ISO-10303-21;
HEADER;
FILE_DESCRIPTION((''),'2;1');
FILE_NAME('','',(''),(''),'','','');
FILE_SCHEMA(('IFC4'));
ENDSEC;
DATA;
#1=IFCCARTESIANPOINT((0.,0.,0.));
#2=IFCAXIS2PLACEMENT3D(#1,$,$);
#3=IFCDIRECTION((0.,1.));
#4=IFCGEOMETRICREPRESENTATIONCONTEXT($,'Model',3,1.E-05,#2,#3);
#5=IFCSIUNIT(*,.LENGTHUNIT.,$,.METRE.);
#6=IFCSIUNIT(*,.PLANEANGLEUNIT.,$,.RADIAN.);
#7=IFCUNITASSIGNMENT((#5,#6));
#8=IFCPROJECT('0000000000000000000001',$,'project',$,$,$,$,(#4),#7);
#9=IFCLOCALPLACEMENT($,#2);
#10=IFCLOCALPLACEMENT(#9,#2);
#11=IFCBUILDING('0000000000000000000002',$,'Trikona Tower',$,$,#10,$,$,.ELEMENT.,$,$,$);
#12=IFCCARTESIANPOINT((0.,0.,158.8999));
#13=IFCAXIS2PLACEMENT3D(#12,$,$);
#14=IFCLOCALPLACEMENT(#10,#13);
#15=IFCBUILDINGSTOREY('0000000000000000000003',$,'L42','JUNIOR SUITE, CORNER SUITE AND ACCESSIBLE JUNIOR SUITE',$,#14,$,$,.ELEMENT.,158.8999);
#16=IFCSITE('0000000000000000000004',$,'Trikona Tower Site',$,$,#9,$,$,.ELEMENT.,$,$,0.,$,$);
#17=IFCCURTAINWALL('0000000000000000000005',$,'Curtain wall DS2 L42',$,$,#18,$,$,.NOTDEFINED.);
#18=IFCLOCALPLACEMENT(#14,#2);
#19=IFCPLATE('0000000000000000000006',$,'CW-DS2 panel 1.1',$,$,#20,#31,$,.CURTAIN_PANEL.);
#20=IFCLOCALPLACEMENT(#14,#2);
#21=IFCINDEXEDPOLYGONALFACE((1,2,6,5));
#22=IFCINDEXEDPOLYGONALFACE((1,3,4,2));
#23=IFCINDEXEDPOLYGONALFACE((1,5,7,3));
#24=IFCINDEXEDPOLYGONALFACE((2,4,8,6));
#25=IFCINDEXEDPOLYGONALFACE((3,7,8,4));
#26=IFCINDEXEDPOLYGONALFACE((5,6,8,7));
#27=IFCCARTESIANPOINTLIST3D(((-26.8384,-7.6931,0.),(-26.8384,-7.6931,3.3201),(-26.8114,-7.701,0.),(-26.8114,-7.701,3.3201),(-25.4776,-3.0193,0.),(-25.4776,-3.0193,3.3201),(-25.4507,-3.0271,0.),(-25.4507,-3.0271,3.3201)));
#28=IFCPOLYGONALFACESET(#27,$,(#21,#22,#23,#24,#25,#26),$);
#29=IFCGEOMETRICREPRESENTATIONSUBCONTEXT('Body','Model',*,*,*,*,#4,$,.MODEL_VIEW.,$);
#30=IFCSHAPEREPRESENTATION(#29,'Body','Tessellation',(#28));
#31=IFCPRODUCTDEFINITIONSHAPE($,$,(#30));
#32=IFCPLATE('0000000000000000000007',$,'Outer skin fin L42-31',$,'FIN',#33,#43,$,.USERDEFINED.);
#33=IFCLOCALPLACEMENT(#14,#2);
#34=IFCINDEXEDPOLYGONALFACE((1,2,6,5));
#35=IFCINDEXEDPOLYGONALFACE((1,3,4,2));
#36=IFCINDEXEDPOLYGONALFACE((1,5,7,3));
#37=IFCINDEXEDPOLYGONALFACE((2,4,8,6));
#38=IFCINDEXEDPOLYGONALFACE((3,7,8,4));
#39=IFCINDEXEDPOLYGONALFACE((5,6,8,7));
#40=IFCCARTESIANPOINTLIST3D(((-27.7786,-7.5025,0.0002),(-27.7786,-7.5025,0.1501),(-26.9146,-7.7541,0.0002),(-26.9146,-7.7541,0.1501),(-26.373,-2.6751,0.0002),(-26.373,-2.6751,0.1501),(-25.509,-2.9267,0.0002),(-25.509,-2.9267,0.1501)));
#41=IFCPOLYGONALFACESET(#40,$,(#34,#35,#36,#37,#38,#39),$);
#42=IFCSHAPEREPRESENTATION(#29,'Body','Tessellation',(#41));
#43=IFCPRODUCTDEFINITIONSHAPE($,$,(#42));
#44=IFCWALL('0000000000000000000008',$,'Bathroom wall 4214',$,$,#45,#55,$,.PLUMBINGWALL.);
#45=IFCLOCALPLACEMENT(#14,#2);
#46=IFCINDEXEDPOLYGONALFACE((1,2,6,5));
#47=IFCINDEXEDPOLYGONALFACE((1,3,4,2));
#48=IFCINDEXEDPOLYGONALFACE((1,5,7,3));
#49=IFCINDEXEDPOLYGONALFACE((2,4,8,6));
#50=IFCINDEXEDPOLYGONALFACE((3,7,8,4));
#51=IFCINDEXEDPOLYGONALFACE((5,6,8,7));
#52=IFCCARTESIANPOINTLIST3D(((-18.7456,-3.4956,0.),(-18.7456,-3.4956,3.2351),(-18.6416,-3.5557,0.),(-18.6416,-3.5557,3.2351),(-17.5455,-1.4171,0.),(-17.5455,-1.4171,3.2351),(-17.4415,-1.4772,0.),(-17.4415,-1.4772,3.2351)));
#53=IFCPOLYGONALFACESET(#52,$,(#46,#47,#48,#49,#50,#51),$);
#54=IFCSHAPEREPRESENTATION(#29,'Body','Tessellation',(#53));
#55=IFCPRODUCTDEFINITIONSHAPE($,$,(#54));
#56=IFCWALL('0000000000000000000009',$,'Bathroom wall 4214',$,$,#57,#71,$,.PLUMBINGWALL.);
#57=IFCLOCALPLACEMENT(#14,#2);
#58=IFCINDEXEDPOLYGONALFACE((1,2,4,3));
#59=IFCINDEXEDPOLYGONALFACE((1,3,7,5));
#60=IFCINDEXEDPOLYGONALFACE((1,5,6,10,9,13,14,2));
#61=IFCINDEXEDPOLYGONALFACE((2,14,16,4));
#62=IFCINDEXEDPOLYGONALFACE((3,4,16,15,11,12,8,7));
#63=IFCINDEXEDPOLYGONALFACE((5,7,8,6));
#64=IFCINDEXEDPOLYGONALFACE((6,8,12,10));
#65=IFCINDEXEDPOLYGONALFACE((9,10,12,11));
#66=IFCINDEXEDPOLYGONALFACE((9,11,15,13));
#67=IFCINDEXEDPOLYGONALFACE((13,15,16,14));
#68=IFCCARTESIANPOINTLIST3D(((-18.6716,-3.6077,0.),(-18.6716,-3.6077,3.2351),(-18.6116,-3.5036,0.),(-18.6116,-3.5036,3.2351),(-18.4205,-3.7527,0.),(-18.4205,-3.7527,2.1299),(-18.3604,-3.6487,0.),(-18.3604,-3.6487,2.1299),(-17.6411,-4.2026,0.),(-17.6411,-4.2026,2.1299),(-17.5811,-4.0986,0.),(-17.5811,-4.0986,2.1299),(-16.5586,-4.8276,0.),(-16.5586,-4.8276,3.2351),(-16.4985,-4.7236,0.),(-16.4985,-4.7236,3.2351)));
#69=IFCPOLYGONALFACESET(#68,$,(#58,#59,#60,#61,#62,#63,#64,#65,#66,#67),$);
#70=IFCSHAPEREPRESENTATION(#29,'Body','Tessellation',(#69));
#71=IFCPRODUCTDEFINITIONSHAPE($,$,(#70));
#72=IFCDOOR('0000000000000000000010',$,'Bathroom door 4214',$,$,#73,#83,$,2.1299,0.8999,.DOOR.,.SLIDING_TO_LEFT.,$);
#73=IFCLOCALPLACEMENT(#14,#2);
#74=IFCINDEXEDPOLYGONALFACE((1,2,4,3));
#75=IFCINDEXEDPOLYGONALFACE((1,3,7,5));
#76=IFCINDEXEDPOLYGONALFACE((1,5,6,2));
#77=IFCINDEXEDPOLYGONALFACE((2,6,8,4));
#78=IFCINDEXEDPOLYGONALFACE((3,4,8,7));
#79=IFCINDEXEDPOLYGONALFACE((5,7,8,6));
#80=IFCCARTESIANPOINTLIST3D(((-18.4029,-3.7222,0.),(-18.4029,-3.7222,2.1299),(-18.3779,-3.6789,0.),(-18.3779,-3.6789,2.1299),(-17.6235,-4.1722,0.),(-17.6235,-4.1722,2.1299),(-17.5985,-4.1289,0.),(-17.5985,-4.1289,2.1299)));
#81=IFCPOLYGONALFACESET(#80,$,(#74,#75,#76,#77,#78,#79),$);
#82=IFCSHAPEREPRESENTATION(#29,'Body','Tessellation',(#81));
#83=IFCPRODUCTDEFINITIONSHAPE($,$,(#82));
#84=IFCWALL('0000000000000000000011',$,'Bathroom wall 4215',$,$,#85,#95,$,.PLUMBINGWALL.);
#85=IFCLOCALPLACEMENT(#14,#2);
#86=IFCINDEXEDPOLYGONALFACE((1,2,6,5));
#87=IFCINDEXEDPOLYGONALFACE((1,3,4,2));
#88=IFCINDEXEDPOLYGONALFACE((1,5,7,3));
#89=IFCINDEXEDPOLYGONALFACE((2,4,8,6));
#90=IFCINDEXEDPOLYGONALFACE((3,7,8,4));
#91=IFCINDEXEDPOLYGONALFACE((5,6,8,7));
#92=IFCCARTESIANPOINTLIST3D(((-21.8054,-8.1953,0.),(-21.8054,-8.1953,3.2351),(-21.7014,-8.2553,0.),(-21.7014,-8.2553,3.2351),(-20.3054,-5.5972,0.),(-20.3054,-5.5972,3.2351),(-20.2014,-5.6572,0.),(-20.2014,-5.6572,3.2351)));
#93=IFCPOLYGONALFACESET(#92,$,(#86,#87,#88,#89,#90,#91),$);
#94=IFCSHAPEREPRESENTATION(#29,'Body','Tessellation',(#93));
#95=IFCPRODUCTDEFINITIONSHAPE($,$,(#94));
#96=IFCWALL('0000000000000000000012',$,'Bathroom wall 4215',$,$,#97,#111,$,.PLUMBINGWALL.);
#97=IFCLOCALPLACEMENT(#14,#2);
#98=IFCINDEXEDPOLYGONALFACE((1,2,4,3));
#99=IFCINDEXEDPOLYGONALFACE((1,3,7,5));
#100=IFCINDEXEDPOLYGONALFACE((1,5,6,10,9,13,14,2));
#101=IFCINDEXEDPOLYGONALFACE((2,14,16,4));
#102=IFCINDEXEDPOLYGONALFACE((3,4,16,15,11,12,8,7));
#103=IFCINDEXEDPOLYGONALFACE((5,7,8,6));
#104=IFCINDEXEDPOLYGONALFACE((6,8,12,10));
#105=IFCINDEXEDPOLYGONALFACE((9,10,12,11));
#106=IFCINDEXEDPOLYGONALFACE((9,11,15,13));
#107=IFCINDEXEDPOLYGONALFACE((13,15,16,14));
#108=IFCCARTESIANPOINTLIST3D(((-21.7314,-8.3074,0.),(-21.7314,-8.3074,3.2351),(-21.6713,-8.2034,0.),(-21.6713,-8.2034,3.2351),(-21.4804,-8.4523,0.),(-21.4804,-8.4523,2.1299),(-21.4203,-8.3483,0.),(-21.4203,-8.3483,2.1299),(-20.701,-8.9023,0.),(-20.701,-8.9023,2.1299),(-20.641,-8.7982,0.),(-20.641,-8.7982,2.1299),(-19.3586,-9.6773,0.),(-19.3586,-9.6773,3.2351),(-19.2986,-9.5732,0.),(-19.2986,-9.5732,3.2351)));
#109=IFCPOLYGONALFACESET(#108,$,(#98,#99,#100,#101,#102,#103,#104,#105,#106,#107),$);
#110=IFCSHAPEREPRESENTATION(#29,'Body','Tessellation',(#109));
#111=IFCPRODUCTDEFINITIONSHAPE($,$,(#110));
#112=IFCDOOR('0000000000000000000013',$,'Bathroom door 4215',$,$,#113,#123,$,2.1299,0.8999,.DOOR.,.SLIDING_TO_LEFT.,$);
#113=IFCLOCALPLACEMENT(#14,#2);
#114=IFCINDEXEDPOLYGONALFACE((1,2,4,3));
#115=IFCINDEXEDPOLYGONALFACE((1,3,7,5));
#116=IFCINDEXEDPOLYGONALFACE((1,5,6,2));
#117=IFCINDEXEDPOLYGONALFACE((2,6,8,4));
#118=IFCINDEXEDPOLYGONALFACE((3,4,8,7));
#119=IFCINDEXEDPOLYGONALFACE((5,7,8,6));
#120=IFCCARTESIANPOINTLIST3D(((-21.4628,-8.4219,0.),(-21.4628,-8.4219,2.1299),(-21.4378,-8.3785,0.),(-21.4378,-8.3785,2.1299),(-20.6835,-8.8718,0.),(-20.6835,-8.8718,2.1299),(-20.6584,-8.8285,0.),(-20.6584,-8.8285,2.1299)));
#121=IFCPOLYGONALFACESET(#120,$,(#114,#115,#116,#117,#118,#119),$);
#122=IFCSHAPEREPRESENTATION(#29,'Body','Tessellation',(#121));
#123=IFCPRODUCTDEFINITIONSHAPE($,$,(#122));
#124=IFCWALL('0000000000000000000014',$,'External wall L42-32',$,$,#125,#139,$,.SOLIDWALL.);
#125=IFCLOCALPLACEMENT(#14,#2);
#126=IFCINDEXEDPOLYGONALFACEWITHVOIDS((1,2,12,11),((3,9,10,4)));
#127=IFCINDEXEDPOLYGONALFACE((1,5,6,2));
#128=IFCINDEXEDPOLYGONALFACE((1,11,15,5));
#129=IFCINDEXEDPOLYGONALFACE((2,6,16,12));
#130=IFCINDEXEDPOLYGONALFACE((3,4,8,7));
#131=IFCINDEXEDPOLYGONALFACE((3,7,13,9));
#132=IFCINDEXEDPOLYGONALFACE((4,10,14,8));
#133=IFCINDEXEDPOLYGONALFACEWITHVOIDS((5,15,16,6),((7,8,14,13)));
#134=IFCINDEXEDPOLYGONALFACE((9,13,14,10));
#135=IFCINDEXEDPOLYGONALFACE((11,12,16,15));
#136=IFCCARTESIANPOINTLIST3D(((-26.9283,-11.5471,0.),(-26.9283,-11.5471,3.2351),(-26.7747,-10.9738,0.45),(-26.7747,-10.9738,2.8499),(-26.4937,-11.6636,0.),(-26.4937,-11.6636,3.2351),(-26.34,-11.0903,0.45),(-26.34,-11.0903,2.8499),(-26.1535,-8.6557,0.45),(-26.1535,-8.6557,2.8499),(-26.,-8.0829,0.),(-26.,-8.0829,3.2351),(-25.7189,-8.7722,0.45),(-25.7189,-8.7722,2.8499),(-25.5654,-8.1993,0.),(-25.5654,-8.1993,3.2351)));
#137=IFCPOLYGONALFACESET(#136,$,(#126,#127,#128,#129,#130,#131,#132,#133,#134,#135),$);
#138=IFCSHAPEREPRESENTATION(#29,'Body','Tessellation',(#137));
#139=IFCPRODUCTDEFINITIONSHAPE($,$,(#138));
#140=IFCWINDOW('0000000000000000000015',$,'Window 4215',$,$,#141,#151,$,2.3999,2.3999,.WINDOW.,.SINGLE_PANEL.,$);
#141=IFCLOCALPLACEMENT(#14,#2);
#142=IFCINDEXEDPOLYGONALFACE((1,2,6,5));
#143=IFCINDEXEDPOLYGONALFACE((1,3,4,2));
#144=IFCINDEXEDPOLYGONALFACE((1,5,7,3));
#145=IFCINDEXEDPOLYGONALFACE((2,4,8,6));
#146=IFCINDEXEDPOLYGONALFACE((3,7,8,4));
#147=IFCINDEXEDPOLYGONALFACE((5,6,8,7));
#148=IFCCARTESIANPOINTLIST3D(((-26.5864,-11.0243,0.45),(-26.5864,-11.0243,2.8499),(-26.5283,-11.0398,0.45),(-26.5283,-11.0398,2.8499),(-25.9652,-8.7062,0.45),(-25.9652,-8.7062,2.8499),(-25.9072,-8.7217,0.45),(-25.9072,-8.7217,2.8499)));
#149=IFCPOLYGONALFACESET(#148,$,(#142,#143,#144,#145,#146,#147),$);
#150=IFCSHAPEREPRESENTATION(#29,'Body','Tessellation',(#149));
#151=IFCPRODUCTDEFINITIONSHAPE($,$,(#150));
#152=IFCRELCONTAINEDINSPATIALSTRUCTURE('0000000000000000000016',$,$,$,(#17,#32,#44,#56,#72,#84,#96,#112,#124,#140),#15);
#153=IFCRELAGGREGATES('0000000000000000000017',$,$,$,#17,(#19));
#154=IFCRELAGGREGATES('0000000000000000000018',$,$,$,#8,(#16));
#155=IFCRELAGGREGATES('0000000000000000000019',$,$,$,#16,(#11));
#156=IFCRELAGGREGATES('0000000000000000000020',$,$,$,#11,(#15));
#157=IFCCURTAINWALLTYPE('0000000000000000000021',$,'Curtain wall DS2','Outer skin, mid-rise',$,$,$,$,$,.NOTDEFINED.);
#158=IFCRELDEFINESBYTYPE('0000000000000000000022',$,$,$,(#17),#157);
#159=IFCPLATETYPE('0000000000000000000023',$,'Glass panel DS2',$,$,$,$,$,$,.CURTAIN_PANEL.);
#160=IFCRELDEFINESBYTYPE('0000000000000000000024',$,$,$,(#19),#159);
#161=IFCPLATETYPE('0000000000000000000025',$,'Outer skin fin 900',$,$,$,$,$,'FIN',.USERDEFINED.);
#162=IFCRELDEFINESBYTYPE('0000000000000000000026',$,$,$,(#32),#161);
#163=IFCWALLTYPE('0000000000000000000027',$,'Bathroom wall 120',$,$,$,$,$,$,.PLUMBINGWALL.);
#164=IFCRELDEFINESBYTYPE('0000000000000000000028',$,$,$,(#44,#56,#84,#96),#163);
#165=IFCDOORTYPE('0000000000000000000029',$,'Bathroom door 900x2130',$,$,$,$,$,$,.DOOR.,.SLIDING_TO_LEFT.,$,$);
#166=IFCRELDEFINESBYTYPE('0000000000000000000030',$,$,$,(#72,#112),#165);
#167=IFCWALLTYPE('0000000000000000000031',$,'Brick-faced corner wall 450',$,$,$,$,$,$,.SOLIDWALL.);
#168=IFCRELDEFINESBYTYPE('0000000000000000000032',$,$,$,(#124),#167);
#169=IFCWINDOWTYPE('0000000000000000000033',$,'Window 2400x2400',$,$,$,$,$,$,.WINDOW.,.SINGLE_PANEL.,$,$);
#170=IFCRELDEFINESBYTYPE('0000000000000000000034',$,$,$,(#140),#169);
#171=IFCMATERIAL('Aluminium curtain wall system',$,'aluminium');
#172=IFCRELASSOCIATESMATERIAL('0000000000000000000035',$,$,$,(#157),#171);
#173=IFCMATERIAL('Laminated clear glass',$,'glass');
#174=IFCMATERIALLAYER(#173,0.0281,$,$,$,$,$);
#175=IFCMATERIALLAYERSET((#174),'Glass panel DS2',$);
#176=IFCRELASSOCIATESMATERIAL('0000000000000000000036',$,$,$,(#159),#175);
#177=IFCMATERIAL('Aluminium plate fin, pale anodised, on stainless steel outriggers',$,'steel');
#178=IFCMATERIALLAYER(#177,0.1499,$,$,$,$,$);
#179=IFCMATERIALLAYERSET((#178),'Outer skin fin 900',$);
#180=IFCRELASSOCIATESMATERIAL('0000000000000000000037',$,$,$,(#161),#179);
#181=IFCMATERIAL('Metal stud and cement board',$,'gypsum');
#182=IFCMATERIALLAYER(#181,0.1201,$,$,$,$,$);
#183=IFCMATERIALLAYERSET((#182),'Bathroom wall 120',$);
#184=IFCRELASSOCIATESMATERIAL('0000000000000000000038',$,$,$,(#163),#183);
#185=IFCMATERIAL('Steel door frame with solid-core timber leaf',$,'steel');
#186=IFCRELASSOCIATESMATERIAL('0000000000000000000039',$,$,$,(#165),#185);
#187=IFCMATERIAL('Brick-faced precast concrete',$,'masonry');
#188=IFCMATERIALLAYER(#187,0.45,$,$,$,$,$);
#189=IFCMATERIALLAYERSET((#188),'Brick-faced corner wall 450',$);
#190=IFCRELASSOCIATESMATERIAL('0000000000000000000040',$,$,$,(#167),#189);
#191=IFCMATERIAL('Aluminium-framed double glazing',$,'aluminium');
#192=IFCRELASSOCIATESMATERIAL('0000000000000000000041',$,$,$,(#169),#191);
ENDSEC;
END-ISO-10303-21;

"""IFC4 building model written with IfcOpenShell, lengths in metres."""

from ifc_helpers import new_model, si_unit, direction, frame, frame_2d, origin, origin_2d, place, context, subcontext, project, spatial, rectangle, extrude, material, layer, layer_set, type_object, element, fill, aggregate, save


model = new_model("IFC4")

# Units and contexts
model_context = context("Model", 3, precision=1e-05, world=origin(), true_north=direction((0.0, 1.0)))
body_context = subcontext(model_context, "Body", "Model", "MODEL_VIEW")
ifc_project = project(units=[si_unit("LENGTHUNIT", "METRE"), si_unit("PLANEANGLEUNIT", "RADIAN")], contexts=[model_context])

# Site, building, storey
site_placement = place(None, origin())
site = spatial("IfcSite", under=ifc_project, at=site_placement, Name="Trikona Tower Site", CompositionType="ELEMENT", RefElevation=0.0)
building_placement = place(site_placement, origin())
building = spatial("IfcBuilding", under=site, at=building_placement, Name="Trikona Tower", CompositionType="ELEMENT")
storey_placement = place(building_placement, frame((0.0, 0.0, 158.8999)))
storey = spatial("IfcBuildingStorey", under=building, at=storey_placement, Name="L42", Description="JUNIOR SUITE, CORNER SUITE AND ACCESSIBLE JUNIOR SUITE", CompositionType="ELEMENT", Elevation=158.8999)

# Shared definitions
ifc_material_1 = material(Name="Aluminium curtain wall system", Category="aluminium")
curtain_wall_type = type_object("IfcCurtainWallType", Name="Curtain wall DS2", Description="Outer skin, mid-rise", PredefinedType="NOTDEFINED", material=ifc_material_1)

# Curtain wall
curtain_wall_1_placement = place(storey_placement, origin())
curtain_wall_1 = element("IfcCurtainWall", 1, at=curtain_wall_1_placement, inside=storey, type_object=curtain_wall_type, Name="Curtain wall DS2 L42", PredefinedType="NOTDEFINED")

# Plates
ifc_material_2 = material(Name="Laminated clear glass", Category="glass")
ifc_layer_1 = layer(ifc_material_2, 0.0281)
ifc_layer_set_1 = layer_set([ifc_layer_1], Name="Glass panel DS2")
plate_type_1 = type_object("IfcPlateType", Name="Glass panel DS2", PredefinedType="CURTAIN_PANEL", material=ifc_layer_set_1)
plate_1_placement = place(storey_placement, frame((-26.1445, -5.3601, 0.0), z_axis=(0.0, 0.0, 1.0), x_axis=(-0.279543, -0.960133, 0.0)))
plate_1 = element("IfcPlate", 2, at=plate_1_placement, type_object=plate_type_1, Name="CW-DS2 panel 1.1", PredefinedType="CURTAIN_PANEL", context=body_context, shape_type="SweptSolid", body=[
    extrude(rectangle(XDim=4.8679, YDim=0.0281, at=origin_2d()), origin(), (0.0, 0.0, 1.0), 3.3201),
])
aggregate(curtain_wall_1, [plate_1])
ifc_material_3 = material(Name="Aluminium plate fin, pale anodised, on stainless steel outriggers", Category="steel")
ifc_layer_2 = layer(ifc_material_3, 0.1499)
ifc_layer_set_2 = layer_set([ifc_layer_2], Name="Outer skin fin 900")
plate_type_2 = type_object("IfcPlateType", Name="Outer skin fin 900", ElementType="FIN", PredefinedType="USERDEFINED", material=ifc_layer_set_2)
plate_2_placement = place(storey_placement, frame((-26.6438, -5.2146, 0.0002), z_axis=(0.0, 0.0, 1.0), x_axis=(-0.279554, -0.96013, 0.0)))
element("IfcPlate", 3, at=plate_2_placement, inside=storey, type_object=plate_type_2, Name="Outer skin fin L42-31", ObjectType="FIN", PredefinedType="USERDEFINED", context=body_context, shape_type="SweptSolid", body=[
    extrude(rectangle(XDim=5.0278, YDim=0.8999, at=origin_2d()), origin(), (0.0, 0.0, 1.0), 0.1499),
])

# Wall
ifc_material_4 = material(Name="Metal stud and cement board", Category="gypsum")
ifc_layer_3 = layer(ifc_material_4, 0.1201)
ifc_layer_set_3 = layer_set([ifc_layer_3], Name="Bathroom wall 120")
wall_type_1 = type_object("IfcWallType", Name="Bathroom wall 120", PredefinedType="PLUMBINGWALL", material=ifc_layer_set_3)
wall_1_placement = place(storey_placement, frame((-17.4934, -1.447, 0.0), z_axis=(0.0, 0.0, 1.0), x_axis=(-0.500034, -0.866006, 0.0)))
element("IfcWall", 4, at=wall_1_placement, inside=storey, type_object=wall_type_1, Name="Bathroom wall 4214", PredefinedType="PLUMBINGWALL", context=body_context, shape_type="SweptSolid", body=[
    extrude(rectangle(XDim=2.4001, YDim=0.1201, at=frame_2d((1.2002, 0.0))), origin(), (0.0, 0.0, 1.0), 3.2351),
])

# Wall, opening, door
wall_2_placement = place(storey_placement, frame((-16.5286, -4.7756, 0.0), z_axis=(0.0, 0.0, 1.0), x_axis=(-0.866024, 0.500003, 0.0)))
wall_2 = element("IfcWall", 5, at=wall_2_placement, inside=storey, type_object=wall_type_1, Name="Bathroom wall 4214", PredefinedType="PLUMBINGWALL", context=body_context, shape_type="SweptSolid", body=[
    extrude(rectangle(XDim=2.4399, YDim=0.1201, at=frame_2d((1.22, 0.0))), origin(), (0.0, 0.0, 1.0), 3.2351),
])
opening_1_placement = place(wall_2_placement, frame((1.25, 0.0, 0.0)))
opening_1 = element("IfcOpeningElement", 6, at=opening_1_placement, cuts=wall_2, PredefinedType="OPENING", context=body_context, shape_type="SweptSolid", body=[
    extrude(rectangle(XDim=0.8999, YDim=2.1299, at=frame_2d((0.45, 1.0649))), frame((0.0, 0.0701, 0.0), z_axis=(0.0, -1.0, 0.0), x_axis=(1.0, 0.0, 0.0)), (0.0, 0.0, 1.0), 0.1401),
])
ifc_material_5 = material(Name="Steel door frame with solid-core timber leaf", Category="steel")
door_type_1 = type_object("IfcDoorType", Name="Bathroom door 900x2130", OperationType="SLIDING_TO_LEFT", PredefinedType="DOOR", material=ifc_material_5)
door_1_placement = place(opening_1_placement, origin())
door_1 = element("IfcDoor", 7, at=door_1_placement, inside=storey, type_object=door_type_1, Name="Bathroom door 4214", OperationType="SLIDING_TO_LEFT", OverallHeight=2.1299, OverallWidth=0.8999, PredefinedType="DOOR", context=body_context, shape_type="SweptSolid", body=[
    extrude(rectangle(XDim=0.8999, YDim=2.1299, at=frame_2d((0.45, 1.0649))), frame((0.0, 0.0249, 0.0), z_axis=(0.0, -1.0, 0.0), x_axis=(1.0, 0.0, 0.0)), (0.0, 0.0, 1.0), 0.05),
])
fill(opening_1, door_1)

# Wall
wall_3_placement = place(storey_placement, frame((-20.2534, -5.6272, 0.0), z_axis=(0.0, 0.0, 1.0), x_axis=(-0.49999, -0.866031, 0.0)))
element("IfcWall", 8, at=wall_3_placement, inside=storey, type_object=wall_type_1, Name="Bathroom wall 4215", PredefinedType="PLUMBINGWALL", context=body_context, shape_type="SweptSolid", body=[
    extrude(rectangle(XDim=3.0, YDim=0.1201, at=frame_2d((1.5, 0.0))), origin(), (0.0, 0.0, 1.0), 3.2351),
])

# Wall, opening, door
wall_4_placement = place(storey_placement, frame((-19.3286, -9.6252, 0.0), z_axis=(0.0, 0.0, 1.0), x_axis=(-0.866036, 0.499982, 0.0)))
wall_4 = element("IfcWall", 9, at=wall_4_placement, inside=storey, type_object=wall_type_1, Name="Bathroom wall 4215", PredefinedType="PLUMBINGWALL", context=body_context, shape_type="SweptSolid", body=[
    extrude(rectangle(XDim=2.7397, YDim=0.1201, at=frame_2d((1.3699, 0.0))), origin(), (0.0, 0.0, 1.0), 3.2351),
])
opening_2_placement = place(wall_4_placement, frame((1.55, 0.0, 0.0)))
opening_2 = element("IfcOpeningElement", 10, at=opening_2_placement, cuts=wall_4, PredefinedType="OPENING", context=body_context, shape_type="SweptSolid", body=[
    extrude(rectangle(XDim=0.8999, YDim=2.1299, at=frame_2d((0.45, 1.0649))), frame((0.0, 0.0701, 0.0), z_axis=(0.0, -1.0, 0.0), x_axis=(1.0, 0.0, 0.0)), (0.0, 0.0, 1.0), 0.1401),
])
door_2_placement = place(opening_2_placement, origin())
door_2 = element("IfcDoor", 11, at=door_2_placement, inside=storey, type_object=door_type_1, Name="Bathroom door 4215", OperationType="SLIDING_TO_LEFT", OverallHeight=2.1299, OverallWidth=0.8999, PredefinedType="DOOR", context=body_context, shape_type="SweptSolid", body=[
    extrude(rectangle(XDim=0.8999, YDim=2.1299, at=frame_2d((0.45, 1.0649))), frame((0.0, 0.0249, 0.0), z_axis=(0.0, -1.0, 0.0), x_axis=(1.0, 0.0, 0.0)), (0.0, 0.0, 1.0), 0.05),
])
fill(opening_2, door_2)

# Wall, opening, window
ifc_material_6 = material(Name="Brick-faced precast concrete", Category="masonry")
ifc_layer_4 = layer(ifc_material_6, 0.45)
ifc_layer_set_4 = layer_set([ifc_layer_4], Name="Brick-faced corner wall 450")
wall_type_2 = type_object("IfcWallType", Name="Brick-faced corner wall 450", PredefinedType="SOLIDWALL", material=ifc_layer_set_4)
wall_5_placement = place(storey_placement, frame((-25.7827, -8.1411, 0.0), z_axis=(0.0, 0.0, 1.0), x_axis=(-0.258823, -0.965925, 0.0)))
wall_5 = element("IfcWall", 12, at=wall_5_placement, inside=storey, type_object=wall_type_2, Name="External wall L42-32", PredefinedType="SOLIDWALL", context=body_context, shape_type="SweptSolid", body=[
    extrude(rectangle(XDim=3.5864, YDim=0.45, at=frame_2d((1.7932, 0.0))), origin(), (0.0, 0.0, 1.0), 3.2351),
])
opening_3_placement = place(wall_5_placement, frame((0.593, 0.0, 0.45)))
opening_3 = element("IfcOpeningElement", 13, at=opening_3_placement, cuts=wall_5, PredefinedType="OPENING", context=body_context, shape_type="SweptSolid", body=[
    extrude(rectangle(XDim=2.3999, YDim=2.3999, at=frame_2d((1.2, 1.2))), frame((0.0, 0.2349, 0.0), z_axis=(0.0, -1.0, 0.0), x_axis=(1.0, 0.0, 0.0)), (0.0, 0.0, 1.0), 0.47),
])
ifc_material_7 = material(Name="Aluminium-framed double glazing", Category="aluminium")
window_type_1 = type_object("IfcWindowType", Name="Window 2400x2400", PartitioningType="SINGLE_PANEL", PredefinedType="WINDOW", material=ifc_material_7)
window_1_placement = place(opening_3_placement, origin())
window_1 = element("IfcWindow", 14, at=window_1_placement, inside=storey, type_object=window_type_1, Name="Window 4215", OverallHeight=2.3999, OverallWidth=2.3999, PartitioningType="SINGLE_PANEL", PredefinedType="WINDOW", context=body_context, shape_type="SweptSolid", body=[
    extrude(rectangle(XDim=2.3999, YDim=2.3999, at=frame_2d((1.2, 1.2))), frame((0.0, 0.03, 0.0), z_axis=(0.0, -1.0, 0.0), x_axis=(1.0, 0.0, 0.0)), (0.0, 0.0, 1.0), 0.0601),
])
fill(opening_3, window_1)

save(model, "model.ifc")
